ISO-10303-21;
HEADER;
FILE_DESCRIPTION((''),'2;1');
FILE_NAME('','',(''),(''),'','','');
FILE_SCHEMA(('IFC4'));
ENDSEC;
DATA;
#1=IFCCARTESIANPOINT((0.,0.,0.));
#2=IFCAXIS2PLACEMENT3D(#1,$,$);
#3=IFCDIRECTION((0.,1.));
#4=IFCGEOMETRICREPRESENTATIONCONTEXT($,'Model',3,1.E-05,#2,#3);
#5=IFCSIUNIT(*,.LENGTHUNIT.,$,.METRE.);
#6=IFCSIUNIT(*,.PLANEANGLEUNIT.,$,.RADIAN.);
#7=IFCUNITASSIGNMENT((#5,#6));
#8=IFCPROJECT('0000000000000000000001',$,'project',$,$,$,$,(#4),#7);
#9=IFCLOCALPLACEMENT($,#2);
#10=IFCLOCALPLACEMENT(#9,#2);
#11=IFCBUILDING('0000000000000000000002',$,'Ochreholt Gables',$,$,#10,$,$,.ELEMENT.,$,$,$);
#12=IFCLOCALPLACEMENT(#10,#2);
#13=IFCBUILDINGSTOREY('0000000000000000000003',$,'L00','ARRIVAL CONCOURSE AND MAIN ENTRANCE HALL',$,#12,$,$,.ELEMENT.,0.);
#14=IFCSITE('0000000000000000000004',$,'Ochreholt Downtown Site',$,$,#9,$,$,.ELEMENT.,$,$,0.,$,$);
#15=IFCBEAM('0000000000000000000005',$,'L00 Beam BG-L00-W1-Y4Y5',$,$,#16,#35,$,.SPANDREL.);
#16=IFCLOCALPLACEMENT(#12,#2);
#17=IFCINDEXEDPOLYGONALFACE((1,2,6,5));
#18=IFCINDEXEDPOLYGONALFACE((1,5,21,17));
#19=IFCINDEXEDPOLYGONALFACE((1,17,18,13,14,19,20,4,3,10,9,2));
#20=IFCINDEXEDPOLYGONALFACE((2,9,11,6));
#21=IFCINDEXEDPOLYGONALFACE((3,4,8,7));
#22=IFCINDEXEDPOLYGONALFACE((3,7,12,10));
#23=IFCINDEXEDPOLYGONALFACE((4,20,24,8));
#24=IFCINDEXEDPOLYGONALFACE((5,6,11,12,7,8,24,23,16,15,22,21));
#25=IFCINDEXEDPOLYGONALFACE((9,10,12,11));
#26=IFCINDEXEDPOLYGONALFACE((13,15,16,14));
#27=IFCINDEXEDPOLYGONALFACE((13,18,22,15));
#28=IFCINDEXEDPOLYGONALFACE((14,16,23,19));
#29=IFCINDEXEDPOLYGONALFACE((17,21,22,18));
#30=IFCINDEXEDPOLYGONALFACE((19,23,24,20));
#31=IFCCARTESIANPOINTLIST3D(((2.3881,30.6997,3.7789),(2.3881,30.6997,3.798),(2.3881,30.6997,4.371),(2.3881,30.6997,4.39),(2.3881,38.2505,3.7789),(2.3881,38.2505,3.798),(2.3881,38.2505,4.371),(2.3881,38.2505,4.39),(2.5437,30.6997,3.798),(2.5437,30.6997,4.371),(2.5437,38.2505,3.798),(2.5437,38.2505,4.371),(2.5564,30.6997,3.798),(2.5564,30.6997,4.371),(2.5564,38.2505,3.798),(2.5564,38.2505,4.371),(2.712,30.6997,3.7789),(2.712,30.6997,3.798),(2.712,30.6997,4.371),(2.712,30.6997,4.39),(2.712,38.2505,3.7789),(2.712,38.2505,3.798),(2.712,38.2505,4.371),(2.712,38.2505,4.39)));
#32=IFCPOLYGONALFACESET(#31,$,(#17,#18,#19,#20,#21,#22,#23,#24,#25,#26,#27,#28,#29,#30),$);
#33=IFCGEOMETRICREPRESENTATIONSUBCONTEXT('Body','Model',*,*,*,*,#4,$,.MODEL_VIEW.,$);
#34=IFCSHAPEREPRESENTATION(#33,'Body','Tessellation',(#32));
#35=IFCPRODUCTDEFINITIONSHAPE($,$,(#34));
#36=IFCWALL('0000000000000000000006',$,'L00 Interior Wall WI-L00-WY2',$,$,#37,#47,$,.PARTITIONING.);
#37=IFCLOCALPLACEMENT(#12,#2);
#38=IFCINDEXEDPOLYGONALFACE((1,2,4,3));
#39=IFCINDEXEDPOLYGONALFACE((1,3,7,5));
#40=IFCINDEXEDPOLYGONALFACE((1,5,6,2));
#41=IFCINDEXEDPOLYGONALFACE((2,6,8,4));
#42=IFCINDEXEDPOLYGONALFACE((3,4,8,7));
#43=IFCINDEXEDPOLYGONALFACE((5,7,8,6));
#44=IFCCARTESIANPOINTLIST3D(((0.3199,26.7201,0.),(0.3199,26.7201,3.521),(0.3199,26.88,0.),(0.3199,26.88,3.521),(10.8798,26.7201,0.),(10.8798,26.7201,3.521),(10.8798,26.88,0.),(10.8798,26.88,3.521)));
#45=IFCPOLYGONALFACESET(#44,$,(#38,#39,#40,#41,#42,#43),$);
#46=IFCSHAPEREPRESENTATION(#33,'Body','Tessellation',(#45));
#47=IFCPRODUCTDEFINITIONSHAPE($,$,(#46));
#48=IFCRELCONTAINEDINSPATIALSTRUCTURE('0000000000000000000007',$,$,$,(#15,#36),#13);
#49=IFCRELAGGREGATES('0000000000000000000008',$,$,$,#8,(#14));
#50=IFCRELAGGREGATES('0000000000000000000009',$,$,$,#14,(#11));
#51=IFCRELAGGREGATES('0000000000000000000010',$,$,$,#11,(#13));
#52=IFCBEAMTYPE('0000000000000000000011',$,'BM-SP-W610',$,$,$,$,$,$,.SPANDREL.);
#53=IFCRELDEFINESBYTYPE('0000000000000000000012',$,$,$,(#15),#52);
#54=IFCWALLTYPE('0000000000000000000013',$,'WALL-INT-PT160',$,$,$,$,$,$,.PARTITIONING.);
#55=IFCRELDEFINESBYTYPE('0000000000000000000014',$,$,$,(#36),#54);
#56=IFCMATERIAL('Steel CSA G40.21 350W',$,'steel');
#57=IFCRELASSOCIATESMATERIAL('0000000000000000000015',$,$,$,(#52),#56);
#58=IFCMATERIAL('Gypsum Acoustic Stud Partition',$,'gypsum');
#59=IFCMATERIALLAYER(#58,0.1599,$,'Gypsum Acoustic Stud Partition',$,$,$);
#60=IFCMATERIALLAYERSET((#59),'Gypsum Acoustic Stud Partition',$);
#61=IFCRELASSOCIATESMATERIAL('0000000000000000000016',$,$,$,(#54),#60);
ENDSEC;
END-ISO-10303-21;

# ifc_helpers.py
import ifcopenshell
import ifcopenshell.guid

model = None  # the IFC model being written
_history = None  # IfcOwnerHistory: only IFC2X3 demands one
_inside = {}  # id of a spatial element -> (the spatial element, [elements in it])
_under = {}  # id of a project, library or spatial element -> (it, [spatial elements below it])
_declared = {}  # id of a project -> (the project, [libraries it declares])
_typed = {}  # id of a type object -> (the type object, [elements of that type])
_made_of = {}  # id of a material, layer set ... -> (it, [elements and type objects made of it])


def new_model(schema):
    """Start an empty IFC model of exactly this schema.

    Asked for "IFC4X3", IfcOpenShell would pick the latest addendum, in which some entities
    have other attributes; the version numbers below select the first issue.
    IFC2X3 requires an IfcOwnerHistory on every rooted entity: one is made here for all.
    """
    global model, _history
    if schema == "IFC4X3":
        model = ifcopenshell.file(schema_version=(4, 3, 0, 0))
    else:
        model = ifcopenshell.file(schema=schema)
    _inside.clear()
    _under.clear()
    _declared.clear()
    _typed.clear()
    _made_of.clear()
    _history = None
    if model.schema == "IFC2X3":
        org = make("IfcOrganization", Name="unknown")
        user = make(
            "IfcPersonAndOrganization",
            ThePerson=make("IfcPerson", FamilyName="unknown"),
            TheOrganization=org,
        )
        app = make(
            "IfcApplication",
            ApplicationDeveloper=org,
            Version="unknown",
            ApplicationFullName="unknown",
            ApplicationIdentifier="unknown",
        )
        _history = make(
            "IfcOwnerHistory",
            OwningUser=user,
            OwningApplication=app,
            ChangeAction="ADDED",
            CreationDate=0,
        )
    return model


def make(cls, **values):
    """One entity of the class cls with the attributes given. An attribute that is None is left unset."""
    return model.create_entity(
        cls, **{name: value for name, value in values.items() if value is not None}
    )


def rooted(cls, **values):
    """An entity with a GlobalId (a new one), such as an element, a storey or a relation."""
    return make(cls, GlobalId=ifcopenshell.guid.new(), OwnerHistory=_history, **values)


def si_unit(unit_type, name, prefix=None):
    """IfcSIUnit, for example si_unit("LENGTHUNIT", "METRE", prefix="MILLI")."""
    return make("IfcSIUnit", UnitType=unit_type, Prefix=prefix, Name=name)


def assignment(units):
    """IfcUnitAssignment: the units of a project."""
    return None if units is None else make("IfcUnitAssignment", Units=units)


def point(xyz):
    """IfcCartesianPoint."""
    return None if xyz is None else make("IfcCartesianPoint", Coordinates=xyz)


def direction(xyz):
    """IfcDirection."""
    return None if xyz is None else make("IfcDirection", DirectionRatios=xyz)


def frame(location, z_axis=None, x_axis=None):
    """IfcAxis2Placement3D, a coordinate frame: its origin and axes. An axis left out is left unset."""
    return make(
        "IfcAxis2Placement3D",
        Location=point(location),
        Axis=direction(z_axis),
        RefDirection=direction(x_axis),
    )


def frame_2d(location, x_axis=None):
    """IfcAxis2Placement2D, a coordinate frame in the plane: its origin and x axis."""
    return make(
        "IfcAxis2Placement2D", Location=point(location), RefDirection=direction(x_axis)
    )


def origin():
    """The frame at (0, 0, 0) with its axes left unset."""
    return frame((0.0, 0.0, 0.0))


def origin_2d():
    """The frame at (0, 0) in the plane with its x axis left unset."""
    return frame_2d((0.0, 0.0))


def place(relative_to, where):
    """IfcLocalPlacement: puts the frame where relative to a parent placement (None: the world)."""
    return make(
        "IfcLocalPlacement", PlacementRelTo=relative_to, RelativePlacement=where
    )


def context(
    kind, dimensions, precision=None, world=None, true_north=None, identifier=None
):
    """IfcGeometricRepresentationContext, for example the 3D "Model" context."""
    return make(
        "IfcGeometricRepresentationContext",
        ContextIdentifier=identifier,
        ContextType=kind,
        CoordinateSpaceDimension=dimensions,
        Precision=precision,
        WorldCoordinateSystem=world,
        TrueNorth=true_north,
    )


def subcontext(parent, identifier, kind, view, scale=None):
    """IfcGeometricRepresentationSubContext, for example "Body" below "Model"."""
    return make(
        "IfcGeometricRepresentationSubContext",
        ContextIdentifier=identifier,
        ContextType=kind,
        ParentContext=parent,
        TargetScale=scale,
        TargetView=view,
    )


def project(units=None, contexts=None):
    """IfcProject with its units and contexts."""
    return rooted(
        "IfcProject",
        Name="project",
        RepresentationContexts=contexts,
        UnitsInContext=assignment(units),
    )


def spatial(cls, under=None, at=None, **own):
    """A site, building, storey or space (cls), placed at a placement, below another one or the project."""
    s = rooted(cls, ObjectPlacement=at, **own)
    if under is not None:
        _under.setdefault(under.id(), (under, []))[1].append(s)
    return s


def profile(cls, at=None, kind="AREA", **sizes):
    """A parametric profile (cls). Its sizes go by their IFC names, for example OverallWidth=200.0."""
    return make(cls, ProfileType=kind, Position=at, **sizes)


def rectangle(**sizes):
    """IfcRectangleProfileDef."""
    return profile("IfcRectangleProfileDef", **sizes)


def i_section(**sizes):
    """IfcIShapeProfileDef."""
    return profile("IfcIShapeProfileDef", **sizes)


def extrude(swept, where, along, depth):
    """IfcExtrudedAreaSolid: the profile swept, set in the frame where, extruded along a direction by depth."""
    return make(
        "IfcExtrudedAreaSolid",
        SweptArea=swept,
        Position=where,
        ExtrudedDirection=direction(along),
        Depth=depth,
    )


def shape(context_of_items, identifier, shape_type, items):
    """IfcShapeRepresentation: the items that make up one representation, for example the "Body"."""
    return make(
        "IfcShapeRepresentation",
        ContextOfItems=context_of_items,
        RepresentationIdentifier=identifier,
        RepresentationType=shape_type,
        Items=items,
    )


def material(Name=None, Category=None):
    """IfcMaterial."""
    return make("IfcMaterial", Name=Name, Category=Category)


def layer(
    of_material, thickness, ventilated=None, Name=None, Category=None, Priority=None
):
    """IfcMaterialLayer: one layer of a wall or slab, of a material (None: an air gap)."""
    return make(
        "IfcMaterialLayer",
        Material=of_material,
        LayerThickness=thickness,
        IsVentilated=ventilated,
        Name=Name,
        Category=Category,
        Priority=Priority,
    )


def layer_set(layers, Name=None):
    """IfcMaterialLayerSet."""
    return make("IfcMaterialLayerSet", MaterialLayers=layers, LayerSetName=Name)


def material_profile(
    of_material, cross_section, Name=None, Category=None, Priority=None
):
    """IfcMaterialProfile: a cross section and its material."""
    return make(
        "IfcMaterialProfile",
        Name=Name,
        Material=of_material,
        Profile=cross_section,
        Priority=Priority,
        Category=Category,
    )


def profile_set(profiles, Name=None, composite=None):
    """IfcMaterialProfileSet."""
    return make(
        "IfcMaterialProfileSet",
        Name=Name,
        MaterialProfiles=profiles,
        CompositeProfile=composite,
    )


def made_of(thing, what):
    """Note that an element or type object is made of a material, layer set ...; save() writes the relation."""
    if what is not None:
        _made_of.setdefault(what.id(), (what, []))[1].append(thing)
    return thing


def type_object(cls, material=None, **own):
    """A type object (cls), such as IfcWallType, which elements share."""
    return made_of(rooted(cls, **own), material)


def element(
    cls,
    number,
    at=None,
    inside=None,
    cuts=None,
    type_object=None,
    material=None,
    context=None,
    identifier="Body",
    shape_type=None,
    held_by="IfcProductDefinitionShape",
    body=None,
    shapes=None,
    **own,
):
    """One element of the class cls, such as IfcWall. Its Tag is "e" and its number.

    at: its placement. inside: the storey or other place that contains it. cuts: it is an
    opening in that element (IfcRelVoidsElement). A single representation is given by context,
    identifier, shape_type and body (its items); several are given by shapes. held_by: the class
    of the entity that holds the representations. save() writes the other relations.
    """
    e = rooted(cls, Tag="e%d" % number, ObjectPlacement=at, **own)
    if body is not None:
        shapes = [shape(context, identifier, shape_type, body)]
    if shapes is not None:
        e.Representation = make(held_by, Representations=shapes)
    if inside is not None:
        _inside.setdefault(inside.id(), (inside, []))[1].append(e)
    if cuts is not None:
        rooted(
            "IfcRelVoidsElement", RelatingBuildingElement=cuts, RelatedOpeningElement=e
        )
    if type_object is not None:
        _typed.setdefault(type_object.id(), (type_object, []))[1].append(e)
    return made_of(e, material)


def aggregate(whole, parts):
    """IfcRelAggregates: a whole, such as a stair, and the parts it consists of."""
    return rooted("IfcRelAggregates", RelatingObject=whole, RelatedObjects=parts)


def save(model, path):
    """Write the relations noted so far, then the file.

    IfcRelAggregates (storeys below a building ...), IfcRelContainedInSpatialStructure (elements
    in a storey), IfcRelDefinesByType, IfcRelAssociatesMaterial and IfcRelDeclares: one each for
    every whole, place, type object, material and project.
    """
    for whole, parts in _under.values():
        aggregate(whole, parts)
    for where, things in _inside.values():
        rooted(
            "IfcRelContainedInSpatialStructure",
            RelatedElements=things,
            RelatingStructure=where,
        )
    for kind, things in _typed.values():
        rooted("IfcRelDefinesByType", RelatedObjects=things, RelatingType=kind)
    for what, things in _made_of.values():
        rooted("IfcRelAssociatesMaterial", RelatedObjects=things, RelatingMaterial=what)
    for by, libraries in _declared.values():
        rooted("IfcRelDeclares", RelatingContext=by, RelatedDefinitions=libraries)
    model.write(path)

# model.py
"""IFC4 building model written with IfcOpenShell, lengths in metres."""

from ifc_helpers import new_model, si_unit, direction, frame, frame_2d, origin, origin_2d, place, context, subcontext, project, spatial, rectangle, i_section, extrude, material, layer, layer_set, material_profile, profile_set, type_object, element, save


model = new_model("IFC4")

# Units and contexts
model_context = context("Model", 3, precision=1e-05, world=origin(), true_north=direction((0.0, 1.0)))
body_context = subcontext(model_context, "Body", "Model", "MODEL_VIEW")
ifc_project = project(units=[si_unit("LENGTHUNIT", "METRE"), si_unit("PLANEANGLEUNIT", "RADIAN")], contexts=[model_context])

# Site, building, storey
site_placement = place(None, origin())
site = spatial("IfcSite", under=ifc_project, at=site_placement, Name="Ochreholt Downtown Site", CompositionType="ELEMENT", RefElevation=0.0)
building_placement = place(site_placement, origin())
building = spatial("IfcBuilding", under=site, at=building_placement, Name="Ochreholt Gables", CompositionType="ELEMENT")
storey_placement = place(building_placement, origin())
storey = spatial("IfcBuildingStorey", under=building, at=storey_placement, Name="L00", Description="ARRIVAL CONCOURSE AND MAIN ENTRANCE HALL", CompositionType="ELEMENT", Elevation=0.0)

# Beam
ifc_material_1 = material(Name="Steel CSA G40.21 350W", Category="steel")
ifc_material_profile_1 = material_profile(ifc_material_1, i_section(OverallWidth=0.324, OverallDepth=0.6111, WebThickness=0.0127, FlangeThickness=0.019, at=origin_2d()), Name="W610X155")
ifc_profile_set_1 = profile_set([ifc_material_profile_1], Name="Steel CSA G40.21 350W")
beam_type_1 = type_object("IfcBeamType", Name="BM-SP-W610", PredefinedType="SPANDREL", material=ifc_profile_set_1)
beam_1_placement = place(storey_placement, frame((2.55, 30.6997, 4.0845), z_axis=(0.0, 1.0, 0.0), x_axis=(-1.0, 0.0, 0.0)))
element("IfcBeam", 1, at=beam_1_placement, inside=storey, type_object=beam_type_1, Name="L00 Beam BG-L00-W1-Y4Y5", PredefinedType="SPANDREL", context=body_context, shape_type="SweptSolid", body=[
    extrude(i_section(OverallWidth=0.324, OverallDepth=0.6111, WebThickness=0.0127, FlangeThickness=0.019, at=origin_2d()), origin(), (0.0, 0.0, 1.0), 7.5508),
])

# Wall
ifc_material_2 = material(Name="Gypsum Acoustic Stud Partition", Category="gypsum")
ifc_layer = layer(ifc_material_2, 0.1599, Name="Gypsum Acoustic Stud Partition")
ifc_layer_set = layer_set([ifc_layer], Name="Gypsum Acoustic Stud Partition")
wall_type = type_object("IfcWallType", Name="WALL-INT-PT160", PredefinedType="PARTITIONING", material=ifc_layer_set)
wall_placement = place(storey_placement, frame((0.3201, 26.8, 0.0), z_axis=(0.0, 0.0, 1.0), x_axis=(1.0, 0.0, 0.0)))
element("IfcWall", 2, at=wall_placement, inside=storey, type_object=wall_type, Name="L00 Interior Wall WI-L00-WY2", PredefinedType="PARTITIONING", context=body_context, shape_type="SweptSolid", body=[
    extrude(rectangle(XDim=10.5598, YDim=0.1599, at=frame_2d((5.2798, 0.0))), origin(), (0.0, 0.0, 1.0), 3.521),
])

save(model, "model.ifc")
